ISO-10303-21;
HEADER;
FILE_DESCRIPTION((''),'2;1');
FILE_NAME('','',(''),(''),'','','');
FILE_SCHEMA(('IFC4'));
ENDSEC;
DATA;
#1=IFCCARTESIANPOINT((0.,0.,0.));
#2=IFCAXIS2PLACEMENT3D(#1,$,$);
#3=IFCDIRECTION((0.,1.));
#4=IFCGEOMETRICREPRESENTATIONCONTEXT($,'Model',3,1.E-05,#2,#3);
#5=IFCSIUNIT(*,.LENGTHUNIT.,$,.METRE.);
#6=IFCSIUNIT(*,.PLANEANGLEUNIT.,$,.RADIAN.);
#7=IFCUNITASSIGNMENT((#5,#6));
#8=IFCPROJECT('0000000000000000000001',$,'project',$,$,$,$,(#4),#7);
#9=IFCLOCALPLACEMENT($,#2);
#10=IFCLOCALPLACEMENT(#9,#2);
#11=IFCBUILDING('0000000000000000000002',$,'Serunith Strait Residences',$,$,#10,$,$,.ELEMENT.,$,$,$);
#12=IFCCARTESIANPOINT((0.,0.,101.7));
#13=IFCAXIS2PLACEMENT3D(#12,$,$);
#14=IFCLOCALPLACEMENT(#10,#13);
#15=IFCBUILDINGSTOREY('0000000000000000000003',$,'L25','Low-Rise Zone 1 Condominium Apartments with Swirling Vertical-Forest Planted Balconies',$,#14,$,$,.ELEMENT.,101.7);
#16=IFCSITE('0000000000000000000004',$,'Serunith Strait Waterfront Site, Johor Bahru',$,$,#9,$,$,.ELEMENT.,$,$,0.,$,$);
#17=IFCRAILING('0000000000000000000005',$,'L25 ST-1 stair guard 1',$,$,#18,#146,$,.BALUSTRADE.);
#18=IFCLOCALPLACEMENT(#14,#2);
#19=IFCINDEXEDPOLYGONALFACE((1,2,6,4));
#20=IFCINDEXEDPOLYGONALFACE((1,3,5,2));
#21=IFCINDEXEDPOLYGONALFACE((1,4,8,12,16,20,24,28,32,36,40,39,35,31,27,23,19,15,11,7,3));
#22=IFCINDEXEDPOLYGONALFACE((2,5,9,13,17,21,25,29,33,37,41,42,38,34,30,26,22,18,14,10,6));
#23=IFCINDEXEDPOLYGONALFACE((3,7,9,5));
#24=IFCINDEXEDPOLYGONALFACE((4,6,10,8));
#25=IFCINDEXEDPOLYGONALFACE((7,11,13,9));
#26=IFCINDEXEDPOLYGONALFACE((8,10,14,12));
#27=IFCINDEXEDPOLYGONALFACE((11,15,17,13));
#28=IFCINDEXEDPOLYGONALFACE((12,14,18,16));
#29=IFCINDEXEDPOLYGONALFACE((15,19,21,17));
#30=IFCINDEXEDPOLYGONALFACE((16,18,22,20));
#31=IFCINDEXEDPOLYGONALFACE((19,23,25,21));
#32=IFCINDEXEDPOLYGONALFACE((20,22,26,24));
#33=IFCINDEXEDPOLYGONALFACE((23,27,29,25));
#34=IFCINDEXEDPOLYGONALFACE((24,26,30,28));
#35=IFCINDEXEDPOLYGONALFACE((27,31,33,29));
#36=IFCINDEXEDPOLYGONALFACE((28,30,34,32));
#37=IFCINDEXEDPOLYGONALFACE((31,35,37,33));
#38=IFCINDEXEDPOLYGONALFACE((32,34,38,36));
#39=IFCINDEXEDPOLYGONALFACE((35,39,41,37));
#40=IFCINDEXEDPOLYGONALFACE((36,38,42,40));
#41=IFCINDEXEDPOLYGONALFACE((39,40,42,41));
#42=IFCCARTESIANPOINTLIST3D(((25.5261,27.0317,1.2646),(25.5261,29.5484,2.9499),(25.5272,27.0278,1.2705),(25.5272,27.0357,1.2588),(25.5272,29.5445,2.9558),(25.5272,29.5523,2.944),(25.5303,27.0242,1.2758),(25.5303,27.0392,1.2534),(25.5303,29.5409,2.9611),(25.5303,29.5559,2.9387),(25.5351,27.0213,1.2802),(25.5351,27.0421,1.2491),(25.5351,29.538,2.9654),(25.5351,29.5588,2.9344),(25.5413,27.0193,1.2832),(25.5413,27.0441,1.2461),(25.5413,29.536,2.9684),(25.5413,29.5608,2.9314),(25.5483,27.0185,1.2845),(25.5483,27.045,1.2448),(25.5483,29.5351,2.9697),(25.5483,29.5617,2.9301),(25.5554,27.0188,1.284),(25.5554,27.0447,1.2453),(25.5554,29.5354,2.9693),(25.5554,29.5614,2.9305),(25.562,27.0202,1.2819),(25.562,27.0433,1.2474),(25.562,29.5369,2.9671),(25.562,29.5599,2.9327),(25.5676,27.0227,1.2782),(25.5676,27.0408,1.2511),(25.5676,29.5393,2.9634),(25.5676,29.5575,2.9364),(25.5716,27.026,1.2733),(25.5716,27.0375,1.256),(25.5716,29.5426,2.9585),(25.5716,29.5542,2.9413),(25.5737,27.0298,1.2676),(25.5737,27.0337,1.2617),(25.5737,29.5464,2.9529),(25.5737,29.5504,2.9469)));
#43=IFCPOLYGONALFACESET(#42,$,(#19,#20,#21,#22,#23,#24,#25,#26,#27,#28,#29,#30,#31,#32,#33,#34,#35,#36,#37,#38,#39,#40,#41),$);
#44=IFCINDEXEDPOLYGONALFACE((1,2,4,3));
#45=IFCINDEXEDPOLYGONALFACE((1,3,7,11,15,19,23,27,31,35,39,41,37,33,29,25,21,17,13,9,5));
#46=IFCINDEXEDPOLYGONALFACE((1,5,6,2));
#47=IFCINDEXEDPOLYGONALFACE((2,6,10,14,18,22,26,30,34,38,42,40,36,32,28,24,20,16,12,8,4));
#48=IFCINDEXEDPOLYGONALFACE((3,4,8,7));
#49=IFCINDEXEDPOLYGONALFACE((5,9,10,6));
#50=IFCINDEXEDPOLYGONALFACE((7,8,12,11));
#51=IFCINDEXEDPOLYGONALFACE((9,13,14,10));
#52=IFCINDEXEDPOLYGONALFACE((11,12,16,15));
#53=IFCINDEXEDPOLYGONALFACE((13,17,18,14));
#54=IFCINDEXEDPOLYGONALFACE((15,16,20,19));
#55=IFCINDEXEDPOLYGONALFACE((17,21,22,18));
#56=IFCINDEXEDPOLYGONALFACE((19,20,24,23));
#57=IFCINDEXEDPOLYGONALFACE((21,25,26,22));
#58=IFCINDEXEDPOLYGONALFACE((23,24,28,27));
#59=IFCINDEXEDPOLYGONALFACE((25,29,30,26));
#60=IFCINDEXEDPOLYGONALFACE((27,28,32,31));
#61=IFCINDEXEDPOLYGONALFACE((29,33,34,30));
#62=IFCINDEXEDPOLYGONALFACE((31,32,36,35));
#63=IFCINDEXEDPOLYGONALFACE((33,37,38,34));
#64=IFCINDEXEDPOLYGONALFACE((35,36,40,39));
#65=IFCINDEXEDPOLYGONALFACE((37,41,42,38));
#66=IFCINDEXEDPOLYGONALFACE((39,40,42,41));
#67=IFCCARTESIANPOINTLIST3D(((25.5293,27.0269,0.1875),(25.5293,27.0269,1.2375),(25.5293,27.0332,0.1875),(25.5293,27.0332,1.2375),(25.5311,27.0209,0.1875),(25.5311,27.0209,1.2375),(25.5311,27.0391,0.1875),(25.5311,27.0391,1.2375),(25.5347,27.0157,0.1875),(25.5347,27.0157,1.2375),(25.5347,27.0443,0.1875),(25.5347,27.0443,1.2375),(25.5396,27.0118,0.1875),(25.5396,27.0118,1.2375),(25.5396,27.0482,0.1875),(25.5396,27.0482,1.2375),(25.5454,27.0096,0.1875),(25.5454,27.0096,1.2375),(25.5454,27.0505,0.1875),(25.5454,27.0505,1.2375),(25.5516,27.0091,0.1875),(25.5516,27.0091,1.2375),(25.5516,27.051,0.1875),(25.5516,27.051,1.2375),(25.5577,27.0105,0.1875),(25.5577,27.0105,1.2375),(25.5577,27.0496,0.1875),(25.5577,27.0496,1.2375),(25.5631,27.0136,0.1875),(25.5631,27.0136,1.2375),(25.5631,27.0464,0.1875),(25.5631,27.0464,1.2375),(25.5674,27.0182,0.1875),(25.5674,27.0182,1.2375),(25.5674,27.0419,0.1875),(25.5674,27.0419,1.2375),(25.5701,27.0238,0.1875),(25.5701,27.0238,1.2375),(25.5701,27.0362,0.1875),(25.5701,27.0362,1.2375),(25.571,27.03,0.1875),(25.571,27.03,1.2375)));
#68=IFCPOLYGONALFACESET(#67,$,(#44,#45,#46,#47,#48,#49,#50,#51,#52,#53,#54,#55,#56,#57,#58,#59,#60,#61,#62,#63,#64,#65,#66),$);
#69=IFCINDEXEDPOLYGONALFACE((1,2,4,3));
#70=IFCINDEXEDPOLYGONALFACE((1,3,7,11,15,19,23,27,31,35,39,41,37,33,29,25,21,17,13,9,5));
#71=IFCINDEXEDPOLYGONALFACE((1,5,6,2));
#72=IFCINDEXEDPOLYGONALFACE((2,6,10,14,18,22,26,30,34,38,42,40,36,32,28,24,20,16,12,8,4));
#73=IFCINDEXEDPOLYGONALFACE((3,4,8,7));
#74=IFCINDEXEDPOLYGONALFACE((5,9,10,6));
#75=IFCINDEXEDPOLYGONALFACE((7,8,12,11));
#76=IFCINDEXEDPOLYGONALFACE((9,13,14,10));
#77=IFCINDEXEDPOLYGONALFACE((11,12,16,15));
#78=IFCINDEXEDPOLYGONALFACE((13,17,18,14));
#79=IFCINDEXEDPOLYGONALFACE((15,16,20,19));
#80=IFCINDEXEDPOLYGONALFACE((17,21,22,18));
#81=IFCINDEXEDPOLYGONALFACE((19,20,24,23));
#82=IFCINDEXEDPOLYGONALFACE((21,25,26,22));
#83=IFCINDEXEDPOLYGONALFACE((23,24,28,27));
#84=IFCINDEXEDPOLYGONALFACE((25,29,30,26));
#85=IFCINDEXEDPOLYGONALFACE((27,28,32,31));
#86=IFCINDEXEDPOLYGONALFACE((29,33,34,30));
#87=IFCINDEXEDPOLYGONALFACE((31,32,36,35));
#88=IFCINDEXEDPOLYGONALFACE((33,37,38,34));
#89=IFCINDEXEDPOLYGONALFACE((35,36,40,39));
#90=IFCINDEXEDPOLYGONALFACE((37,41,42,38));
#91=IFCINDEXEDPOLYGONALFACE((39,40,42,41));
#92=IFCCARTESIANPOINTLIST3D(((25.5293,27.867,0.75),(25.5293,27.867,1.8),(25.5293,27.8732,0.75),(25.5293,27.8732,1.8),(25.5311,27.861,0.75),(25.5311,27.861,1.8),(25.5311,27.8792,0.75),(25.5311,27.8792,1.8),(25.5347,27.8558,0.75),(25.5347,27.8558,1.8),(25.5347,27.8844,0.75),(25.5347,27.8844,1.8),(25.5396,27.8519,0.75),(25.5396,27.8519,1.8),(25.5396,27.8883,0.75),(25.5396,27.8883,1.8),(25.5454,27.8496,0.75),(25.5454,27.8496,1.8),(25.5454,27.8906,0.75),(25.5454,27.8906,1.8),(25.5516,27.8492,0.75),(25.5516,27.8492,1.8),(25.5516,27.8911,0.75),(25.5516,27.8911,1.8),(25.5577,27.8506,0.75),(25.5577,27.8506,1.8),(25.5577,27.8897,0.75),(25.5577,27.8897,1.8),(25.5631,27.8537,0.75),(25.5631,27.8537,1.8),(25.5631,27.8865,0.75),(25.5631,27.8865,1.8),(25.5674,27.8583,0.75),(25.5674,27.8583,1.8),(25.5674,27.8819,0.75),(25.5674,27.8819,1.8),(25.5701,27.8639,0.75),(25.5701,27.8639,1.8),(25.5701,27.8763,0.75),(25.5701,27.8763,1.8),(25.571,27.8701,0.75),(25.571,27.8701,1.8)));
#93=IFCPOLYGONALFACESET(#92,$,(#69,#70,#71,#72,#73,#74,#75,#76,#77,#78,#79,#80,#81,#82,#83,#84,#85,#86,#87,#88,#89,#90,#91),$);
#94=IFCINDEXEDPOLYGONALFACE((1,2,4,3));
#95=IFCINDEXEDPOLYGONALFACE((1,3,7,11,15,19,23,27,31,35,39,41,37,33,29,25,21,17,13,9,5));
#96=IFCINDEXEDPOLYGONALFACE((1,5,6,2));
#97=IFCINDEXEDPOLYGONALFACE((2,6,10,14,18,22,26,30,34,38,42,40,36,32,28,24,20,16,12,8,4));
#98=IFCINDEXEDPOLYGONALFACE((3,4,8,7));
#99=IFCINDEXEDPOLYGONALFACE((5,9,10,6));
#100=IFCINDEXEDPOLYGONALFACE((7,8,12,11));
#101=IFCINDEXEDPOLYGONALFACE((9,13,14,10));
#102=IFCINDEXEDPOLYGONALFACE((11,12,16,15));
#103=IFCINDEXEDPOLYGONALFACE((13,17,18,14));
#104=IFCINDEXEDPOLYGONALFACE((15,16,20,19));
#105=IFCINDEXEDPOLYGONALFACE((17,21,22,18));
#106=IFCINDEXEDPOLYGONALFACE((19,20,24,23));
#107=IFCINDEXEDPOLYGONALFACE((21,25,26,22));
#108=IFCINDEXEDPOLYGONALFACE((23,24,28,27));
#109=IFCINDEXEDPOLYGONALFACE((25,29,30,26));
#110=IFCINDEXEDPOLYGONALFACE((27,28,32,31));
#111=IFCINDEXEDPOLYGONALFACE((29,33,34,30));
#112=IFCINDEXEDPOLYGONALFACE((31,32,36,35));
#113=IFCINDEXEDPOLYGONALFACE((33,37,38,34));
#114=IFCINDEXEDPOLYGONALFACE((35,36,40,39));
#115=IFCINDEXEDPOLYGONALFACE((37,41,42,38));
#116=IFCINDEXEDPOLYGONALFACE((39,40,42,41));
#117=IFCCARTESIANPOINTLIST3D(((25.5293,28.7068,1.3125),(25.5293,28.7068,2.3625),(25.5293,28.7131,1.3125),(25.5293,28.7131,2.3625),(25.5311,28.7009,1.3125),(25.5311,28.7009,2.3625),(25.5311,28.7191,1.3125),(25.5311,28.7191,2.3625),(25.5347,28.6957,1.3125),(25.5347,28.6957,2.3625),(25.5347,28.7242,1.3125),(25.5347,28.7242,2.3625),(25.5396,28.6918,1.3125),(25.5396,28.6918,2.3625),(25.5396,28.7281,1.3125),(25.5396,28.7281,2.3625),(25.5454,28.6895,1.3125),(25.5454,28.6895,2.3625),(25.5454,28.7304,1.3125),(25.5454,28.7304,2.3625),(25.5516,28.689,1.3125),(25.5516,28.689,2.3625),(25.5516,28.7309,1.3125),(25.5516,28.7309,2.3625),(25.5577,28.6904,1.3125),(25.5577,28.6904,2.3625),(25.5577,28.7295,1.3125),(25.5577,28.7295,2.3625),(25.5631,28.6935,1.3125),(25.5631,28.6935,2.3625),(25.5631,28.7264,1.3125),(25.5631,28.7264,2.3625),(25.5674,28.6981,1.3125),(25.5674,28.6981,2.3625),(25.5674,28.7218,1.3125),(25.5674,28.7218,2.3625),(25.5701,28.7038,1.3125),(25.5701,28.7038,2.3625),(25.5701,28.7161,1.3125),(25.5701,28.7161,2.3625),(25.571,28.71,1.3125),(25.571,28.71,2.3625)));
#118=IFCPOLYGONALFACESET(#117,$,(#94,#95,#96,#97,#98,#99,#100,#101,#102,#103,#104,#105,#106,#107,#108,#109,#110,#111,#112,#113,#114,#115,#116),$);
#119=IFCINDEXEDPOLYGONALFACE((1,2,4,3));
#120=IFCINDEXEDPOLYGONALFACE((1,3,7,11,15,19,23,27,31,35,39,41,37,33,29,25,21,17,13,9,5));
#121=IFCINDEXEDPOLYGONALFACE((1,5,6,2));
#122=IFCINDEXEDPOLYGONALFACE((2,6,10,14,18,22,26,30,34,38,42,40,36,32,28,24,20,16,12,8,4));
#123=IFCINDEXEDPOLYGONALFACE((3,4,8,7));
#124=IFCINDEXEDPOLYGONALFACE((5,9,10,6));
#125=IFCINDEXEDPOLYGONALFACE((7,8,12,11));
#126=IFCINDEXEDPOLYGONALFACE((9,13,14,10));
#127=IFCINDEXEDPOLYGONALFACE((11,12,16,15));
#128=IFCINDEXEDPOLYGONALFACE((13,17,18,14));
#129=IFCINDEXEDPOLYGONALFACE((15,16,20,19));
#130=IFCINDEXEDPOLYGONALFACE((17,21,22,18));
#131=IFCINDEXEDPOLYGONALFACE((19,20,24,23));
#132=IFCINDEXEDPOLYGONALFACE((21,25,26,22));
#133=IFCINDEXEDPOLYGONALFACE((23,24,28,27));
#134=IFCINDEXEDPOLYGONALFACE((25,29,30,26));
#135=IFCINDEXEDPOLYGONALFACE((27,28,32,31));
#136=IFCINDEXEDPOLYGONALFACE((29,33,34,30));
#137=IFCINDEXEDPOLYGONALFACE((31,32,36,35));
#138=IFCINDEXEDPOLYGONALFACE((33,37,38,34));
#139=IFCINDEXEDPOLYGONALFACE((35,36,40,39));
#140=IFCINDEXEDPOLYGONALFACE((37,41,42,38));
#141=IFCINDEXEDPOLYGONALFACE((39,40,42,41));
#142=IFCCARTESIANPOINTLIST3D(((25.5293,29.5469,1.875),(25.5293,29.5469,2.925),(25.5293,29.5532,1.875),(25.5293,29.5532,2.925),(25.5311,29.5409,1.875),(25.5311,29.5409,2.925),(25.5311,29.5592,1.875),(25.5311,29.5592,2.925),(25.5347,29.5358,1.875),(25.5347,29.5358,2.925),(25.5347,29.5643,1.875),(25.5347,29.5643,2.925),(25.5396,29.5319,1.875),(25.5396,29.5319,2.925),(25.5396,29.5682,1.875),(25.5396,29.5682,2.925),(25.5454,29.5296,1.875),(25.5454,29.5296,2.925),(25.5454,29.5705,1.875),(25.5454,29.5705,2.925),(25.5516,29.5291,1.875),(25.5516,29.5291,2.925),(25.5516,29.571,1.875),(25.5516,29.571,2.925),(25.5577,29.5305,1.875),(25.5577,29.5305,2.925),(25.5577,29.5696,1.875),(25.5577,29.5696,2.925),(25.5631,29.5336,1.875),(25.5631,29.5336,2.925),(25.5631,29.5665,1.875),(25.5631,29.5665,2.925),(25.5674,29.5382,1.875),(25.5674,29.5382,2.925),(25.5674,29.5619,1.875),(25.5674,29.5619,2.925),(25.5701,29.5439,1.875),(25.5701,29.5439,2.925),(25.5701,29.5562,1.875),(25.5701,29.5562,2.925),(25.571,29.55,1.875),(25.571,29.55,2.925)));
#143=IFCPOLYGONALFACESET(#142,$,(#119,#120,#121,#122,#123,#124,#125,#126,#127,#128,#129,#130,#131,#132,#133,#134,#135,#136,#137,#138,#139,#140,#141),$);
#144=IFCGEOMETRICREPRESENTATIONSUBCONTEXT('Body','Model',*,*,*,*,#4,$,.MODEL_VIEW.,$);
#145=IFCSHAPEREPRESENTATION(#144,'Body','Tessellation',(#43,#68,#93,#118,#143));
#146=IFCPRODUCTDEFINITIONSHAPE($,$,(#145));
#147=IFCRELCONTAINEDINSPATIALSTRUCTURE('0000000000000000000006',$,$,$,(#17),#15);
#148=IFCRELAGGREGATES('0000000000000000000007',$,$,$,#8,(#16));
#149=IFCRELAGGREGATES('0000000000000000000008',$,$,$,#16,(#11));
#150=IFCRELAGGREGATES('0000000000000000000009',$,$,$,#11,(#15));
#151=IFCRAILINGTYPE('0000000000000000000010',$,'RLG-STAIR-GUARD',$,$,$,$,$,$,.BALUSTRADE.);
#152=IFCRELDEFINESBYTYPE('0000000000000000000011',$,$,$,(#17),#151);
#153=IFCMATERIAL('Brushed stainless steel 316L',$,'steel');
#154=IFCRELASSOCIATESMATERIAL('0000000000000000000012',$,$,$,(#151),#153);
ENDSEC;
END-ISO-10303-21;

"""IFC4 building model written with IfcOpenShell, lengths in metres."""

from ifc_helpers import new_model, si_unit, direction, frame, origin, origin_2d, place, context, subcontext, project, spatial, circle, extrude, material, type_object, element, save


model = new_model("IFC4")

# Units and contexts
model_context = context("Model", 3, precision=1e-05, world=origin(), true_north=direction((0.0, 1.0)))
body_context = subcontext(model_context, "Body", "Model", "MODEL_VIEW")
ifc_project = project(units=[si_unit("LENGTHUNIT", "METRE"), si_unit("PLANEANGLEUNIT", "RADIAN")], contexts=[model_context])

# Site, building, storey
site_placement = place(None, origin())
site = spatial("IfcSite", under=ifc_project, at=site_placement, Name="Serunith Strait Waterfront Site, Johor Bahru", CompositionType="ELEMENT", RefElevation=0.0)
building_placement = place(site_placement, origin())
building = spatial("IfcBuilding", under=site, at=building_placement, Name="Serunith Strait Residences", CompositionType="ELEMENT")
storey_placement = place(building_placement, frame((0.0, 0.0, 101.7)))
storey = spatial("IfcBuildingStorey", under=building, at=storey_placement, Name="L25", Description="Low-Rise Zone 1 Condominium Apartments with Swirling Vertical-Forest Planted Balconies", CompositionType="ELEMENT", Elevation=101.7)

# Railing
ifc_material_1 = material(Name="Brushed stainless steel 316L", Category="steel")
railing_type_1 = type_object("IfcRailingType", Name="RLG-STAIR-GUARD", PredefinedType="BALUSTRADE", material=ifc_material_1)
railing_1_placement = place(storey_placement, frame((25.55, 27.03, 0.1875)))
element("IfcRailing", 1, at=railing_1_placement, inside=storey, type_object=railing_type_1, Name="L25 ST-1 stair guard 1", PredefinedType="BALUSTRADE", context=body_context, shape_type="SweptSolid", body=[
    extrude(circle(Radius=0.0239, at=origin_2d()), frame((0.0, 0.0017, 1.0771), z_axis=(0.0, 0.830909, 0.556408), x_axis=(-1.0, 0.0, 0.0)), (0.0, 0.0, 1.0), 3.0288),
    extrude(circle(Radius=0.021, at=origin_2d()), origin(), (0.0, 0.0, 1.0), 1.05),
    extrude(circle(Radius=0.021, at=origin_2d()), frame((0.0, 0.8401, 0.5625)), (0.0, 0.0, 1.0), 1.05),
    extrude(circle(Radius=0.021, at=origin_2d()), frame((0.0, 1.6799, 1.125)), (0.0, 0.0, 1.0), 1.05),
    extrude(circle(Radius=0.021, at=origin_2d()), frame((0.0, 2.52, 1.6875)), (0.0, 0.0, 1.0), 1.05),
])

save(model, "model.ifc")
